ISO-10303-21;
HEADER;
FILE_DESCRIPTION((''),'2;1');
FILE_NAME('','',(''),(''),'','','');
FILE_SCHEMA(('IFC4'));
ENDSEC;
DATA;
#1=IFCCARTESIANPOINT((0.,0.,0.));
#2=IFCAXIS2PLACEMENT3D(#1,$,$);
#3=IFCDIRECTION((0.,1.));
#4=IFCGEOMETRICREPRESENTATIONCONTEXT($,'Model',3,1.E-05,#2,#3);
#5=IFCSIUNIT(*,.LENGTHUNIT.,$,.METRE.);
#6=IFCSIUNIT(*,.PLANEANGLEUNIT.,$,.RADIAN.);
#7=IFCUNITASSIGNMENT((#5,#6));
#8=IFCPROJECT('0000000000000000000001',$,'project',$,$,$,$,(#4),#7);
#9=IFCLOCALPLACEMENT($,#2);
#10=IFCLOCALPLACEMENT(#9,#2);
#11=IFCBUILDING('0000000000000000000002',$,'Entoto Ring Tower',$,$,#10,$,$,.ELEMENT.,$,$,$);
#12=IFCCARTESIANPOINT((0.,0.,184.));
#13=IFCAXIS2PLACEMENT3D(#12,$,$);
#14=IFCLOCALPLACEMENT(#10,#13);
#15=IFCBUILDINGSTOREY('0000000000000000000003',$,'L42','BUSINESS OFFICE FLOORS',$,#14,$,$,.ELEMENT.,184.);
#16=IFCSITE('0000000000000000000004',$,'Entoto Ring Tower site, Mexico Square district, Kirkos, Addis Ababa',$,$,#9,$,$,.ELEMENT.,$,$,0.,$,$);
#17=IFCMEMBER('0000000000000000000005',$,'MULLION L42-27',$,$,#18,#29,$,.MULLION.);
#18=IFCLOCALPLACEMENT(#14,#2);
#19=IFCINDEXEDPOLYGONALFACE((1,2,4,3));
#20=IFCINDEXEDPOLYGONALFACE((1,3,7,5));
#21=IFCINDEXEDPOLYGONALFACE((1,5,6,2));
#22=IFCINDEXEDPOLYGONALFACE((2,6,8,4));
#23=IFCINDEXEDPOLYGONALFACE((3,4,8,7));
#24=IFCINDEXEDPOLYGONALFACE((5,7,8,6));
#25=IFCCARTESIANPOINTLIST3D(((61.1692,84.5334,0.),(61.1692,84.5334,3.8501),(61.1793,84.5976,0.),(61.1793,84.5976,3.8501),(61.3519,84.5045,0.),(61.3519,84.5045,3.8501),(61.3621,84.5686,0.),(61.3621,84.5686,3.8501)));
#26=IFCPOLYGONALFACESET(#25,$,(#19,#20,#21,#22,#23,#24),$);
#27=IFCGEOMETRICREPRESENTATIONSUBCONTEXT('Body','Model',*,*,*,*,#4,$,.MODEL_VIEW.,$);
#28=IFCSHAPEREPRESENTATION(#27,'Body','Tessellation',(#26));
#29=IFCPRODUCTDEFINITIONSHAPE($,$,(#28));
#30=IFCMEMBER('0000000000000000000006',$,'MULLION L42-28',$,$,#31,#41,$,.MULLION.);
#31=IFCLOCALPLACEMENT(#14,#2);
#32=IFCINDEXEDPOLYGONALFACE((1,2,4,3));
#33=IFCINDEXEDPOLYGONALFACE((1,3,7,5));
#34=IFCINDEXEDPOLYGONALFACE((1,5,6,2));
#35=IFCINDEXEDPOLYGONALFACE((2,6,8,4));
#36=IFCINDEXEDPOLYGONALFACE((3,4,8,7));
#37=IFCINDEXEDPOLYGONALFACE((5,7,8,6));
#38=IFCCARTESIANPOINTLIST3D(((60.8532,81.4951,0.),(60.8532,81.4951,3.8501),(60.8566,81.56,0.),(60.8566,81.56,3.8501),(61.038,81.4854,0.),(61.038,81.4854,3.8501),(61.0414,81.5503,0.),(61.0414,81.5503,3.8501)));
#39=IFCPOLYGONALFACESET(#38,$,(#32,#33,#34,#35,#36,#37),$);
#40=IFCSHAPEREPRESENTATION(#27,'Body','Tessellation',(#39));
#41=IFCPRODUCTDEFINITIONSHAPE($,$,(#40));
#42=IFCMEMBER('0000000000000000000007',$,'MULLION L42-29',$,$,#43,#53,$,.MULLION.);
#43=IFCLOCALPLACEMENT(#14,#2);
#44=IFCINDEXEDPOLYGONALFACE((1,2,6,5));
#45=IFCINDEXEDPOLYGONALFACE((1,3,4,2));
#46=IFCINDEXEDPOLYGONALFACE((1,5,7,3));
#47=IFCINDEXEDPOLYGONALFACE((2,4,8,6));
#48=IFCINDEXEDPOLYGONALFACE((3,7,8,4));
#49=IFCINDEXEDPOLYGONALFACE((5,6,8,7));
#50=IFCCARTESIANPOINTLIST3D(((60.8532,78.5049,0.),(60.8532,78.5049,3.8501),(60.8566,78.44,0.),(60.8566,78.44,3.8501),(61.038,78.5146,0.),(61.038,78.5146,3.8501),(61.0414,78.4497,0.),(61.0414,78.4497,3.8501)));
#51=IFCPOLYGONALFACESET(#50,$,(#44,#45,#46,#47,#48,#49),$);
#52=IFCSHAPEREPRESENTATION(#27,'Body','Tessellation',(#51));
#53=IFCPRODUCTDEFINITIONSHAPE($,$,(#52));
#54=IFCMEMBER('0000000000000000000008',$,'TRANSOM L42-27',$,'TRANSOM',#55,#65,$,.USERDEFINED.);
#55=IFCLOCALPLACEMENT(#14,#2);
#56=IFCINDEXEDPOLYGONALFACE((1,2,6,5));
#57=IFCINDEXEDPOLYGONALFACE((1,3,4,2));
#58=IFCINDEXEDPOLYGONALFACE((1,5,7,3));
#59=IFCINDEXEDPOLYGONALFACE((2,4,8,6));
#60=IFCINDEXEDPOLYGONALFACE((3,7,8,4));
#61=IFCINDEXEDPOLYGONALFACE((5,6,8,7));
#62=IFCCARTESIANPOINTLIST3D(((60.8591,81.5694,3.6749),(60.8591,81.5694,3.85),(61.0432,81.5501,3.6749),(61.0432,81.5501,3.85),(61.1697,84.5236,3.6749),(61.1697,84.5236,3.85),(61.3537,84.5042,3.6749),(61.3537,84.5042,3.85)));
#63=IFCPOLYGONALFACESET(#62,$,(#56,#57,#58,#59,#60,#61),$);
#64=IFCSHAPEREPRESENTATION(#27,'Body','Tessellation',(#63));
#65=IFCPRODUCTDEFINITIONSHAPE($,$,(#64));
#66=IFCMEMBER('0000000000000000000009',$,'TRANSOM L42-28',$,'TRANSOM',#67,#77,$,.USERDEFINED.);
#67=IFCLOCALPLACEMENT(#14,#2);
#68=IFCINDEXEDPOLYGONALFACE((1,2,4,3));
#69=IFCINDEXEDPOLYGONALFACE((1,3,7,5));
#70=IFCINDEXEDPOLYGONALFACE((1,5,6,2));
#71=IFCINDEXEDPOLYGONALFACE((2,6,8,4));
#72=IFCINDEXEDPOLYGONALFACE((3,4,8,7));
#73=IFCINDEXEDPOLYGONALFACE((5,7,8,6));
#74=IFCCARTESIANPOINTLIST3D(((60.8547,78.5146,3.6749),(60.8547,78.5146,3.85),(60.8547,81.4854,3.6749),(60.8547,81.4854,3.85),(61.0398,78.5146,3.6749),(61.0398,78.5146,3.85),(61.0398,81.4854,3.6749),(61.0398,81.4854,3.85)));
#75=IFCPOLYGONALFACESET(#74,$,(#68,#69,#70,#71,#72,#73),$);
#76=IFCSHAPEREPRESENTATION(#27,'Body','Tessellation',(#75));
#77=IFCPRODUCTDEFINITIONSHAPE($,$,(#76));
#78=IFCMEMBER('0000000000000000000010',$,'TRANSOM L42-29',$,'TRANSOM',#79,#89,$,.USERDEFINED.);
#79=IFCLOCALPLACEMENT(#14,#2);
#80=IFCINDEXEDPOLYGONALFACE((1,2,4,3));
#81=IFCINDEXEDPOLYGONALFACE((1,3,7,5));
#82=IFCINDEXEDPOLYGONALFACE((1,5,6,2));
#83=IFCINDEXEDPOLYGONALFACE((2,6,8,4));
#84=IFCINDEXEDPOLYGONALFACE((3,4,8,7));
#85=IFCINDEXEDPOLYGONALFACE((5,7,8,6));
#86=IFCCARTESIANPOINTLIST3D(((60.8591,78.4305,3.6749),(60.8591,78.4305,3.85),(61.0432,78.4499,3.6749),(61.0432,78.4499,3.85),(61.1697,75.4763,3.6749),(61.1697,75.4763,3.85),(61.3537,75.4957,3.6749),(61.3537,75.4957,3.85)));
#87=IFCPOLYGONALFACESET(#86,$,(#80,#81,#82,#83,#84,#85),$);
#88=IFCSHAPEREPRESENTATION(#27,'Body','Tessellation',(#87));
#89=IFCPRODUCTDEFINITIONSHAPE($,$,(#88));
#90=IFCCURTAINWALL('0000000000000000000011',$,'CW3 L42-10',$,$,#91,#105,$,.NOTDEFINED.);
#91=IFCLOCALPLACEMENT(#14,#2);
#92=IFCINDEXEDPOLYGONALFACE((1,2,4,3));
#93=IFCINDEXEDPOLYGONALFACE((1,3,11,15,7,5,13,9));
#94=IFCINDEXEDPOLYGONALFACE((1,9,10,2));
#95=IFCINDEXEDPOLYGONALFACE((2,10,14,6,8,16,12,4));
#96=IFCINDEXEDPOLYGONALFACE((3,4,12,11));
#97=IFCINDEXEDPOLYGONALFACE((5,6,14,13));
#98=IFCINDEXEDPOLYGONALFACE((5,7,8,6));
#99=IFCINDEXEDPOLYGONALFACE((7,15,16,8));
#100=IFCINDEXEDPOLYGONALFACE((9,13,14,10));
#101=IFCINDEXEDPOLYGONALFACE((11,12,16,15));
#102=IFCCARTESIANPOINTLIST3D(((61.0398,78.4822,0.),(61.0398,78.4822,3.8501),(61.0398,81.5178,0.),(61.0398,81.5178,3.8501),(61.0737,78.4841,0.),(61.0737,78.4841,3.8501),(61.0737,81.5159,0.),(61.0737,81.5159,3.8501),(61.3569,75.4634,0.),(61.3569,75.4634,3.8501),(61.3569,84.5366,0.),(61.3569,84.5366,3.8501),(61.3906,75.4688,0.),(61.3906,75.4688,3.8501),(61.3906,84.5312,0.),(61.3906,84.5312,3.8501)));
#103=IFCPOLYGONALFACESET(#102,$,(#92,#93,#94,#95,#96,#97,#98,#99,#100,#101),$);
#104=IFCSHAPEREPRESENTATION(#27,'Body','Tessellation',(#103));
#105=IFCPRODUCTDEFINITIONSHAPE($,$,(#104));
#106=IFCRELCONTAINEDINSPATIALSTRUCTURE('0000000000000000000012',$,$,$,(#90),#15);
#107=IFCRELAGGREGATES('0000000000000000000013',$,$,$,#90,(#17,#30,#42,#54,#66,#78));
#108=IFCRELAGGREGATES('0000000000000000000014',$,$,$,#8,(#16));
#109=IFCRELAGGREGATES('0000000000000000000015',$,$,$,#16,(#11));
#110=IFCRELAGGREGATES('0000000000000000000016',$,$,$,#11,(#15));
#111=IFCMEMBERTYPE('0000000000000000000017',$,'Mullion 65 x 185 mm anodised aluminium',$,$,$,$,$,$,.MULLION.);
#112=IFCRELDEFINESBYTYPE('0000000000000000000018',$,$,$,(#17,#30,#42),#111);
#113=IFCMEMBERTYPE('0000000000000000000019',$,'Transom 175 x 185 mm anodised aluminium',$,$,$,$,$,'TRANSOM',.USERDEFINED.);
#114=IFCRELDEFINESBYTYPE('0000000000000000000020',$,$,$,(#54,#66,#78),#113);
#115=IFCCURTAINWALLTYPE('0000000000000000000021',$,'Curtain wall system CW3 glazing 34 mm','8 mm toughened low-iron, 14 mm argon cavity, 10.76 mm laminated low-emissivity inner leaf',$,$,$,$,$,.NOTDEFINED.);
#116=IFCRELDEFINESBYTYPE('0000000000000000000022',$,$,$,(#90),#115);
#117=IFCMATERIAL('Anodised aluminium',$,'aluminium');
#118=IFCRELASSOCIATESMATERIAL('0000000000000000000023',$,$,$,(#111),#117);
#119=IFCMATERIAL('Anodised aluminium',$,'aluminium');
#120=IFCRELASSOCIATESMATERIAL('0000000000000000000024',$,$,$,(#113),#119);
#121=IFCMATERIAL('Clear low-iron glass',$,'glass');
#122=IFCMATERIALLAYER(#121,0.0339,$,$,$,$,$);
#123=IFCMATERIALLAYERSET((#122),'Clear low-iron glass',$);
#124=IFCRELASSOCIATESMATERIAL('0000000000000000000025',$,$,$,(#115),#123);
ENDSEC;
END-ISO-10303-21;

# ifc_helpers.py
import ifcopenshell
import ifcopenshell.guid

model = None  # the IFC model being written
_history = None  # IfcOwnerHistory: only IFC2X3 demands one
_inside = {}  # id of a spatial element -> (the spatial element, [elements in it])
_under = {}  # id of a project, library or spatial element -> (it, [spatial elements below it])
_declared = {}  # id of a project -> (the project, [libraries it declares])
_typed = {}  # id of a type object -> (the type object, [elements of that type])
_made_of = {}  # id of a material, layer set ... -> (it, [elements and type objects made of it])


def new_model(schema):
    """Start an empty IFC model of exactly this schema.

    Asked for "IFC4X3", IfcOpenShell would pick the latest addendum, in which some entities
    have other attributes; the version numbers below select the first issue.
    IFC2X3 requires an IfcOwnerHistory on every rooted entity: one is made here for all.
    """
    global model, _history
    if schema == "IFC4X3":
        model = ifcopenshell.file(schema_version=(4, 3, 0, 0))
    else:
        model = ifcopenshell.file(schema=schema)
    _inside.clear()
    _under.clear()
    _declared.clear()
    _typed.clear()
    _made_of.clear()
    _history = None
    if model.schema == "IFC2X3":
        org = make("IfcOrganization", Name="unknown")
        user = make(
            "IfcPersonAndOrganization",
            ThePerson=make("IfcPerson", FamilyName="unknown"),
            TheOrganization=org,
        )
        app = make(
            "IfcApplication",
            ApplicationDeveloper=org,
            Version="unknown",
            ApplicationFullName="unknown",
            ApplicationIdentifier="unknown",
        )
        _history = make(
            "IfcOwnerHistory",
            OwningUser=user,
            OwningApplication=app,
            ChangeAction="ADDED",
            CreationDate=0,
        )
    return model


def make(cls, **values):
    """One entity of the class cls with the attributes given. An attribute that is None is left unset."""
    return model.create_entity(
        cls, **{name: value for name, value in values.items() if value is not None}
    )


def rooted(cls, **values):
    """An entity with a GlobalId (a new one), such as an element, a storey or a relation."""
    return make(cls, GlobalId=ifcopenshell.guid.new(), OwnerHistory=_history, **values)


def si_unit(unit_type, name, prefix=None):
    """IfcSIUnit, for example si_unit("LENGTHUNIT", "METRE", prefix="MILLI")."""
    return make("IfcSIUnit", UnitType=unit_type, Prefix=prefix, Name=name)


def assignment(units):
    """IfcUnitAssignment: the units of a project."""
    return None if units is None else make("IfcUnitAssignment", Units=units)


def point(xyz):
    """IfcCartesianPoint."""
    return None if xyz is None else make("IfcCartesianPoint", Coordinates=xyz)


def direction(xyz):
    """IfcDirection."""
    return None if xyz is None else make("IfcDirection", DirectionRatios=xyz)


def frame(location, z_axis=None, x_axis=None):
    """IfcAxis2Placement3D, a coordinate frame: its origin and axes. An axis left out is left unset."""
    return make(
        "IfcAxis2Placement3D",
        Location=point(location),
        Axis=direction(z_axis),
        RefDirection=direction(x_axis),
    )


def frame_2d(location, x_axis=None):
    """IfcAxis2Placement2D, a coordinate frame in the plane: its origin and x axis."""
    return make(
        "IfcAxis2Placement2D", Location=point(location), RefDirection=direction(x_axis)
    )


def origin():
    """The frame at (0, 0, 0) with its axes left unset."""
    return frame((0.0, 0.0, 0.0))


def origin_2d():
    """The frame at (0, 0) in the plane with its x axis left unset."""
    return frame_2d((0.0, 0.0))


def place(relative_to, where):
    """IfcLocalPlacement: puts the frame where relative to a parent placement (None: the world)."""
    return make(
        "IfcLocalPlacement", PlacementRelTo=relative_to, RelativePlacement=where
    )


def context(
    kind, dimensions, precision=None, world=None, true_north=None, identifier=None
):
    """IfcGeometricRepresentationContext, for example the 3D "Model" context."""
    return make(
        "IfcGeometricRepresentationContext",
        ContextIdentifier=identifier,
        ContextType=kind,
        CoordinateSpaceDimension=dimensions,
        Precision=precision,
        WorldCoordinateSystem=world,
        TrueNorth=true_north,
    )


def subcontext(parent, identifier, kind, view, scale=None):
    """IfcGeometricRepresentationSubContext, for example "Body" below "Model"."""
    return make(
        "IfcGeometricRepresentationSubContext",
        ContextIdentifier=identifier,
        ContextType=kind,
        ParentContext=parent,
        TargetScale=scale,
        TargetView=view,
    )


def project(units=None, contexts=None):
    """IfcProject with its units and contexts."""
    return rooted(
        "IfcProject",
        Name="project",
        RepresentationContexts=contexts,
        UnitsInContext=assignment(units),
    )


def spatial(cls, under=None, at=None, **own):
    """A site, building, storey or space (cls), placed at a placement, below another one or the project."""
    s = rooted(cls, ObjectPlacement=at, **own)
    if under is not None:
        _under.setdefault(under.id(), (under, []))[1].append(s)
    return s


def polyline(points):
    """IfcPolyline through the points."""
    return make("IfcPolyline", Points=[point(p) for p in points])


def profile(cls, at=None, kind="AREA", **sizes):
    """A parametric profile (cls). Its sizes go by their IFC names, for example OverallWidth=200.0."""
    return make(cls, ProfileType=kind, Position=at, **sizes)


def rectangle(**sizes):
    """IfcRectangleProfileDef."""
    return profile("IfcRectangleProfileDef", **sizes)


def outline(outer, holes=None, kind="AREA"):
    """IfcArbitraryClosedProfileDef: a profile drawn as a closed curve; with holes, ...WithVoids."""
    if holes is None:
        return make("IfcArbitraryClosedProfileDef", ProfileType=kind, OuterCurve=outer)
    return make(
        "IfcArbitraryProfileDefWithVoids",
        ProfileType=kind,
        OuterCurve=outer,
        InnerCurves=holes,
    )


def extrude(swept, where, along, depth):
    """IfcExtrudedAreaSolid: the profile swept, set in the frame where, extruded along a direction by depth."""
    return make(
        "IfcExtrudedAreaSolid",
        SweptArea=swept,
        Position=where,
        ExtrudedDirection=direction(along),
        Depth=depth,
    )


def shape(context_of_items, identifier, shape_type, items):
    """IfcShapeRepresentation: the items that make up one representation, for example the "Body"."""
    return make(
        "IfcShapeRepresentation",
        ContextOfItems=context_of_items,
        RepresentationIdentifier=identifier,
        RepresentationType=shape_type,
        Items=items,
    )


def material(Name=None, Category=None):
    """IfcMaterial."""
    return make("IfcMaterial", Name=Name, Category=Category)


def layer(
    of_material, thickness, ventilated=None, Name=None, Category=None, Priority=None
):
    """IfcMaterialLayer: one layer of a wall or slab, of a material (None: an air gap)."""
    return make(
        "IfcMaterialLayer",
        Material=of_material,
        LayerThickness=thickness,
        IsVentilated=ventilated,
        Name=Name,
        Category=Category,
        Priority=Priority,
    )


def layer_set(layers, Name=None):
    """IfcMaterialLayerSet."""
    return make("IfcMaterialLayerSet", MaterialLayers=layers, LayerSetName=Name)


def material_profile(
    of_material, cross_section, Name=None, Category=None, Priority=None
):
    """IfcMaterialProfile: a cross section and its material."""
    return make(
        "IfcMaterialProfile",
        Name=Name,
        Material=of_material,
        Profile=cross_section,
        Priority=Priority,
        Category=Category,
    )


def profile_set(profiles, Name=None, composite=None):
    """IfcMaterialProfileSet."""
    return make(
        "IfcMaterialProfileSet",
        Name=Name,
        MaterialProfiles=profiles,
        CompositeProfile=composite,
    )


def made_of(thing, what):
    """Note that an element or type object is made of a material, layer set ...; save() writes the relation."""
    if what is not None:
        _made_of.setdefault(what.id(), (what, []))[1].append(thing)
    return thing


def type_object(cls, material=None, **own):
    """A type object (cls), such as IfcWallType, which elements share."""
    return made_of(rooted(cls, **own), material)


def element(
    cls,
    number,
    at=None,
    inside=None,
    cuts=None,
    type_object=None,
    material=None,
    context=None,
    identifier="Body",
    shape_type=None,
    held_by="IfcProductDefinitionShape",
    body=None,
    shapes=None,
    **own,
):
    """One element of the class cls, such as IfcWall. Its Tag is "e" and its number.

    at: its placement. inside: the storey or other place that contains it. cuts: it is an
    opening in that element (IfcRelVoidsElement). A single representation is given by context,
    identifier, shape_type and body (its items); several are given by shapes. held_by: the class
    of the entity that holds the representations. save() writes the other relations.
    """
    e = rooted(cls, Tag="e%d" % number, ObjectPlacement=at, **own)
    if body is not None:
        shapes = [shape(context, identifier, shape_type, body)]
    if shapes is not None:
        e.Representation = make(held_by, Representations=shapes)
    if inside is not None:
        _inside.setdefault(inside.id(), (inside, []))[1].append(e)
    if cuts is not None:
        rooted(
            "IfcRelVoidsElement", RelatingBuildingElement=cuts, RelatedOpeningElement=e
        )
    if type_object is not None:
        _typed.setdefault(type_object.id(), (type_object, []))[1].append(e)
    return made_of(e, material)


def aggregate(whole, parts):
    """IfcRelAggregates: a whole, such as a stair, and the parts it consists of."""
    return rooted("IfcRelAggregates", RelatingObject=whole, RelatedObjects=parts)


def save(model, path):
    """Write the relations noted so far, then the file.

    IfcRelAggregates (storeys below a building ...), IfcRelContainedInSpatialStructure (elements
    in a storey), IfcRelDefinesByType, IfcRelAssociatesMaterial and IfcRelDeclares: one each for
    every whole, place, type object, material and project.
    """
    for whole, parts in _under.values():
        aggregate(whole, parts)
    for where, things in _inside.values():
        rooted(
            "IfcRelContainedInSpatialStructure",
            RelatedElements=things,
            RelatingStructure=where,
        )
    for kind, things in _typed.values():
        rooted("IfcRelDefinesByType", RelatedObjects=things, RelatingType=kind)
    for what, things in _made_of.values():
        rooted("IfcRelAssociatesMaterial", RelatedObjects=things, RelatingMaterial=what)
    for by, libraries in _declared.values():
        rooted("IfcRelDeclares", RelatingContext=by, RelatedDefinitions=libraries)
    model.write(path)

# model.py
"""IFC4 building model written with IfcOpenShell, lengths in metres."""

from ifc_helpers import new_model, si_unit, direction, frame, origin, origin_2d, place, context, subcontext, project, spatial, polyline, rectangle, outline, extrude, material, layer, layer_set, material_profile, profile_set, type_object, element, aggregate, save


model = new_model("IFC4")

# Units and contexts
model_context = context("Model", 3, precision=1e-05, world=origin(), true_north=direction((0.0, 1.0)))
body_context = subcontext(model_context, "Body", "Model", "MODEL_VIEW")
ifc_project = project(units=[si_unit("LENGTHUNIT", "METRE"), si_unit("PLANEANGLEUNIT", "RADIAN")], contexts=[model_context])

# Members
ifc_material_1 = material(Name="Anodised aluminium", Category="aluminium")
ifc_material_profile_1 = material_profile(ifc_material_1, rectangle(XDim=0.0649, YDim=0.1851, at=origin_2d()), Name="Mullion 65 x 185 mm anodised aluminium")
ifc_profile_set_1 = profile_set([ifc_material_profile_1], Name="Anodised aluminium")
member_type_1 = type_object("IfcMemberType", Name="Mullion 65 x 185 mm anodised aluminium", PredefinedType="MULLION", material=ifc_profile_set_1)
site_placement = place(None, origin())
building_placement = place(site_placement, origin())
storey_placement = place(building_placement, frame((0.0, 0.0, 184.0)))
member_1_placement = place(storey_placement, frame((61.2656, 84.551, 0.0), z_axis=(0.0, 0.0, 1.0), x_axis=(-0.156434, -0.987688, 0.0)))
member_1 = element("IfcMember", 1, at=member_1_placement, type_object=member_type_1, Name="MULLION L42-27", PredefinedType="MULLION", context=body_context, shape_type="SweptSolid", body=[
    extrude(rectangle(XDim=0.0649, YDim=0.1851, at=origin_2d()), origin(), (0.0, 0.0, 1.0), 3.8501),
])
member_2_placement = place(storey_placement, frame((60.9473, 81.5227, 0.0), z_axis=(0.0, 0.0, 1.0), x_axis=(-0.052336, -0.99863, 0.0)))
member_2 = element("IfcMember", 2, at=member_2_placement, type_object=member_type_1, Name="MULLION L42-28", PredefinedType="MULLION", context=body_context, shape_type="SweptSolid", body=[
    extrude(rectangle(XDim=0.0649, YDim=0.1851, at=origin_2d()), origin(), (0.0, 0.0, 1.0), 3.8501),
])
member_3_placement = place(storey_placement, frame((60.9473, 78.4773, 0.0), z_axis=(0.0, 0.0, 1.0), x_axis=(0.052336, -0.99863, 0.0)))
member_3 = element("IfcMember", 3, at=member_3_placement, type_object=member_type_1, Name="MULLION L42-29", PredefinedType="MULLION", context=body_context, shape_type="SweptSolid", body=[
    extrude(rectangle(XDim=0.0649, YDim=0.1851, at=origin_2d()), origin(), (0.0, 0.0, 1.0), 3.8501),
])
ifc_material_2 = material(Name="Anodised aluminium", Category="aluminium")
ifc_material_profile_2 = material_profile(ifc_material_2, rectangle(XDim=0.1851, YDim=0.175, at=origin_2d()), Name="Transom 175 x 185 mm anodised aluminium")
ifc_profile_set_2 = profile_set([ifc_material_profile_2], Name="Anodised aluminium")
member_type_2 = type_object("IfcMemberType", Name="Transom 175 x 185 mm anodised aluminium", ElementType="TRANSOM", PredefinedType="USERDEFINED", material=ifc_profile_set_2)
member_4_placement = place(storey_placement, frame((61.2617, 84.5139, 3.7625), z_axis=(-0.104548, -0.99452, 0.0), x_axis=(0.99452, -0.104548, 0.0)))
member_4 = element("IfcMember", 4, at=member_4_placement, type_object=member_type_2, Name="TRANSOM L42-27", ObjectType="TRANSOM", PredefinedType="USERDEFINED", context=body_context, shape_type="SweptSolid", body=[
    extrude(rectangle(XDim=0.1851, YDim=0.175, at=origin_2d()), origin(), (0.0, 0.0, 1.0), 2.9705),
])
member_5_placement = place(storey_placement, frame((60.9473, 81.4854, 3.7625), z_axis=(0.0, -1.0, 0.0), x_axis=(1.0, 0.0, 0.0)))
member_5 = element("IfcMember", 5, at=member_5_placement, type_object=member_type_2, Name="TRANSOM L42-28", ObjectType="TRANSOM", PredefinedType="USERDEFINED", context=body_context, shape_type="SweptSolid", body=[
    extrude(rectangle(XDim=0.1851, YDim=0.175, at=origin_2d()), origin(), (0.0, 0.0, 1.0), 2.9707),
])
member_6_placement = place(storey_placement, frame((60.9512, 78.4402, 3.7625), z_axis=(0.104548, -0.99452, 0.0), x_axis=(0.99452, 0.104548, 0.0)))
member_6 = element("IfcMember", 6, at=member_6_placement, type_object=member_type_2, Name="TRANSOM L42-29", ObjectType="TRANSOM", PredefinedType="USERDEFINED", context=body_context, shape_type="SweptSolid", body=[
    extrude(rectangle(XDim=0.1851, YDim=0.175, at=origin_2d()), origin(), (0.0, 0.0, 1.0), 2.9705),
])

# Site, building, storey
site = spatial("IfcSite", under=ifc_project, at=site_placement, Name="Entoto Ring Tower site, Mexico Square district, Kirkos, Addis Ababa", CompositionType="ELEMENT", RefElevation=0.0)
building = spatial("IfcBuilding", under=site, at=building_placement, Name="Entoto Ring Tower", CompositionType="ELEMENT")
storey = spatial("IfcBuildingStorey", under=building, at=storey_placement, Name="L42", Description="BUSINESS OFFICE FLOORS", CompositionType="ELEMENT", Elevation=184.0)

# Curtain wall
ifc_material_3 = material(Name="Clear low-iron glass", Category="glass")
ifc_layer = layer(ifc_material_3, 0.0339)
ifc_layer_set = layer_set([ifc_layer], Name="Clear low-iron glass")
curtain_wall_type = type_object("IfcCurtainWallType", Name="Curtain wall system CW3 glazing 34 mm", Description="8 mm toughened low-iron, 14 mm argon cavity, 10.76 mm laminated low-emissivity inner leaf", PredefinedType="NOTDEFINED", material=ifc_layer_set)
curtain_wall_1_placement = place(storey_placement, origin())
curtain_wall_1 = element("IfcCurtainWall", 7, at=curtain_wall_1_placement, inside=storey, type_object=curtain_wall_type, Name="CW3 L42-10", PredefinedType="NOTDEFINED", context=body_context, shape_type="SweptSolid", body=[
    extrude(outline(polyline([(61.3569, 84.5366), (61.0398, 81.5178), (61.0398, 78.4822), (61.3569, 75.4634), (61.3906, 75.4688), (61.0737, 78.4841), (61.0737, 81.5159), (61.3906, 84.5312), (61.3569, 84.5366)])), origin(), (0.0, 0.0, 1.0), 3.8501),
])
aggregate(curtain_wall_1, [member_1, member_2, member_3, member_4, member_5, member_6])

save(model, "model.ifc")
